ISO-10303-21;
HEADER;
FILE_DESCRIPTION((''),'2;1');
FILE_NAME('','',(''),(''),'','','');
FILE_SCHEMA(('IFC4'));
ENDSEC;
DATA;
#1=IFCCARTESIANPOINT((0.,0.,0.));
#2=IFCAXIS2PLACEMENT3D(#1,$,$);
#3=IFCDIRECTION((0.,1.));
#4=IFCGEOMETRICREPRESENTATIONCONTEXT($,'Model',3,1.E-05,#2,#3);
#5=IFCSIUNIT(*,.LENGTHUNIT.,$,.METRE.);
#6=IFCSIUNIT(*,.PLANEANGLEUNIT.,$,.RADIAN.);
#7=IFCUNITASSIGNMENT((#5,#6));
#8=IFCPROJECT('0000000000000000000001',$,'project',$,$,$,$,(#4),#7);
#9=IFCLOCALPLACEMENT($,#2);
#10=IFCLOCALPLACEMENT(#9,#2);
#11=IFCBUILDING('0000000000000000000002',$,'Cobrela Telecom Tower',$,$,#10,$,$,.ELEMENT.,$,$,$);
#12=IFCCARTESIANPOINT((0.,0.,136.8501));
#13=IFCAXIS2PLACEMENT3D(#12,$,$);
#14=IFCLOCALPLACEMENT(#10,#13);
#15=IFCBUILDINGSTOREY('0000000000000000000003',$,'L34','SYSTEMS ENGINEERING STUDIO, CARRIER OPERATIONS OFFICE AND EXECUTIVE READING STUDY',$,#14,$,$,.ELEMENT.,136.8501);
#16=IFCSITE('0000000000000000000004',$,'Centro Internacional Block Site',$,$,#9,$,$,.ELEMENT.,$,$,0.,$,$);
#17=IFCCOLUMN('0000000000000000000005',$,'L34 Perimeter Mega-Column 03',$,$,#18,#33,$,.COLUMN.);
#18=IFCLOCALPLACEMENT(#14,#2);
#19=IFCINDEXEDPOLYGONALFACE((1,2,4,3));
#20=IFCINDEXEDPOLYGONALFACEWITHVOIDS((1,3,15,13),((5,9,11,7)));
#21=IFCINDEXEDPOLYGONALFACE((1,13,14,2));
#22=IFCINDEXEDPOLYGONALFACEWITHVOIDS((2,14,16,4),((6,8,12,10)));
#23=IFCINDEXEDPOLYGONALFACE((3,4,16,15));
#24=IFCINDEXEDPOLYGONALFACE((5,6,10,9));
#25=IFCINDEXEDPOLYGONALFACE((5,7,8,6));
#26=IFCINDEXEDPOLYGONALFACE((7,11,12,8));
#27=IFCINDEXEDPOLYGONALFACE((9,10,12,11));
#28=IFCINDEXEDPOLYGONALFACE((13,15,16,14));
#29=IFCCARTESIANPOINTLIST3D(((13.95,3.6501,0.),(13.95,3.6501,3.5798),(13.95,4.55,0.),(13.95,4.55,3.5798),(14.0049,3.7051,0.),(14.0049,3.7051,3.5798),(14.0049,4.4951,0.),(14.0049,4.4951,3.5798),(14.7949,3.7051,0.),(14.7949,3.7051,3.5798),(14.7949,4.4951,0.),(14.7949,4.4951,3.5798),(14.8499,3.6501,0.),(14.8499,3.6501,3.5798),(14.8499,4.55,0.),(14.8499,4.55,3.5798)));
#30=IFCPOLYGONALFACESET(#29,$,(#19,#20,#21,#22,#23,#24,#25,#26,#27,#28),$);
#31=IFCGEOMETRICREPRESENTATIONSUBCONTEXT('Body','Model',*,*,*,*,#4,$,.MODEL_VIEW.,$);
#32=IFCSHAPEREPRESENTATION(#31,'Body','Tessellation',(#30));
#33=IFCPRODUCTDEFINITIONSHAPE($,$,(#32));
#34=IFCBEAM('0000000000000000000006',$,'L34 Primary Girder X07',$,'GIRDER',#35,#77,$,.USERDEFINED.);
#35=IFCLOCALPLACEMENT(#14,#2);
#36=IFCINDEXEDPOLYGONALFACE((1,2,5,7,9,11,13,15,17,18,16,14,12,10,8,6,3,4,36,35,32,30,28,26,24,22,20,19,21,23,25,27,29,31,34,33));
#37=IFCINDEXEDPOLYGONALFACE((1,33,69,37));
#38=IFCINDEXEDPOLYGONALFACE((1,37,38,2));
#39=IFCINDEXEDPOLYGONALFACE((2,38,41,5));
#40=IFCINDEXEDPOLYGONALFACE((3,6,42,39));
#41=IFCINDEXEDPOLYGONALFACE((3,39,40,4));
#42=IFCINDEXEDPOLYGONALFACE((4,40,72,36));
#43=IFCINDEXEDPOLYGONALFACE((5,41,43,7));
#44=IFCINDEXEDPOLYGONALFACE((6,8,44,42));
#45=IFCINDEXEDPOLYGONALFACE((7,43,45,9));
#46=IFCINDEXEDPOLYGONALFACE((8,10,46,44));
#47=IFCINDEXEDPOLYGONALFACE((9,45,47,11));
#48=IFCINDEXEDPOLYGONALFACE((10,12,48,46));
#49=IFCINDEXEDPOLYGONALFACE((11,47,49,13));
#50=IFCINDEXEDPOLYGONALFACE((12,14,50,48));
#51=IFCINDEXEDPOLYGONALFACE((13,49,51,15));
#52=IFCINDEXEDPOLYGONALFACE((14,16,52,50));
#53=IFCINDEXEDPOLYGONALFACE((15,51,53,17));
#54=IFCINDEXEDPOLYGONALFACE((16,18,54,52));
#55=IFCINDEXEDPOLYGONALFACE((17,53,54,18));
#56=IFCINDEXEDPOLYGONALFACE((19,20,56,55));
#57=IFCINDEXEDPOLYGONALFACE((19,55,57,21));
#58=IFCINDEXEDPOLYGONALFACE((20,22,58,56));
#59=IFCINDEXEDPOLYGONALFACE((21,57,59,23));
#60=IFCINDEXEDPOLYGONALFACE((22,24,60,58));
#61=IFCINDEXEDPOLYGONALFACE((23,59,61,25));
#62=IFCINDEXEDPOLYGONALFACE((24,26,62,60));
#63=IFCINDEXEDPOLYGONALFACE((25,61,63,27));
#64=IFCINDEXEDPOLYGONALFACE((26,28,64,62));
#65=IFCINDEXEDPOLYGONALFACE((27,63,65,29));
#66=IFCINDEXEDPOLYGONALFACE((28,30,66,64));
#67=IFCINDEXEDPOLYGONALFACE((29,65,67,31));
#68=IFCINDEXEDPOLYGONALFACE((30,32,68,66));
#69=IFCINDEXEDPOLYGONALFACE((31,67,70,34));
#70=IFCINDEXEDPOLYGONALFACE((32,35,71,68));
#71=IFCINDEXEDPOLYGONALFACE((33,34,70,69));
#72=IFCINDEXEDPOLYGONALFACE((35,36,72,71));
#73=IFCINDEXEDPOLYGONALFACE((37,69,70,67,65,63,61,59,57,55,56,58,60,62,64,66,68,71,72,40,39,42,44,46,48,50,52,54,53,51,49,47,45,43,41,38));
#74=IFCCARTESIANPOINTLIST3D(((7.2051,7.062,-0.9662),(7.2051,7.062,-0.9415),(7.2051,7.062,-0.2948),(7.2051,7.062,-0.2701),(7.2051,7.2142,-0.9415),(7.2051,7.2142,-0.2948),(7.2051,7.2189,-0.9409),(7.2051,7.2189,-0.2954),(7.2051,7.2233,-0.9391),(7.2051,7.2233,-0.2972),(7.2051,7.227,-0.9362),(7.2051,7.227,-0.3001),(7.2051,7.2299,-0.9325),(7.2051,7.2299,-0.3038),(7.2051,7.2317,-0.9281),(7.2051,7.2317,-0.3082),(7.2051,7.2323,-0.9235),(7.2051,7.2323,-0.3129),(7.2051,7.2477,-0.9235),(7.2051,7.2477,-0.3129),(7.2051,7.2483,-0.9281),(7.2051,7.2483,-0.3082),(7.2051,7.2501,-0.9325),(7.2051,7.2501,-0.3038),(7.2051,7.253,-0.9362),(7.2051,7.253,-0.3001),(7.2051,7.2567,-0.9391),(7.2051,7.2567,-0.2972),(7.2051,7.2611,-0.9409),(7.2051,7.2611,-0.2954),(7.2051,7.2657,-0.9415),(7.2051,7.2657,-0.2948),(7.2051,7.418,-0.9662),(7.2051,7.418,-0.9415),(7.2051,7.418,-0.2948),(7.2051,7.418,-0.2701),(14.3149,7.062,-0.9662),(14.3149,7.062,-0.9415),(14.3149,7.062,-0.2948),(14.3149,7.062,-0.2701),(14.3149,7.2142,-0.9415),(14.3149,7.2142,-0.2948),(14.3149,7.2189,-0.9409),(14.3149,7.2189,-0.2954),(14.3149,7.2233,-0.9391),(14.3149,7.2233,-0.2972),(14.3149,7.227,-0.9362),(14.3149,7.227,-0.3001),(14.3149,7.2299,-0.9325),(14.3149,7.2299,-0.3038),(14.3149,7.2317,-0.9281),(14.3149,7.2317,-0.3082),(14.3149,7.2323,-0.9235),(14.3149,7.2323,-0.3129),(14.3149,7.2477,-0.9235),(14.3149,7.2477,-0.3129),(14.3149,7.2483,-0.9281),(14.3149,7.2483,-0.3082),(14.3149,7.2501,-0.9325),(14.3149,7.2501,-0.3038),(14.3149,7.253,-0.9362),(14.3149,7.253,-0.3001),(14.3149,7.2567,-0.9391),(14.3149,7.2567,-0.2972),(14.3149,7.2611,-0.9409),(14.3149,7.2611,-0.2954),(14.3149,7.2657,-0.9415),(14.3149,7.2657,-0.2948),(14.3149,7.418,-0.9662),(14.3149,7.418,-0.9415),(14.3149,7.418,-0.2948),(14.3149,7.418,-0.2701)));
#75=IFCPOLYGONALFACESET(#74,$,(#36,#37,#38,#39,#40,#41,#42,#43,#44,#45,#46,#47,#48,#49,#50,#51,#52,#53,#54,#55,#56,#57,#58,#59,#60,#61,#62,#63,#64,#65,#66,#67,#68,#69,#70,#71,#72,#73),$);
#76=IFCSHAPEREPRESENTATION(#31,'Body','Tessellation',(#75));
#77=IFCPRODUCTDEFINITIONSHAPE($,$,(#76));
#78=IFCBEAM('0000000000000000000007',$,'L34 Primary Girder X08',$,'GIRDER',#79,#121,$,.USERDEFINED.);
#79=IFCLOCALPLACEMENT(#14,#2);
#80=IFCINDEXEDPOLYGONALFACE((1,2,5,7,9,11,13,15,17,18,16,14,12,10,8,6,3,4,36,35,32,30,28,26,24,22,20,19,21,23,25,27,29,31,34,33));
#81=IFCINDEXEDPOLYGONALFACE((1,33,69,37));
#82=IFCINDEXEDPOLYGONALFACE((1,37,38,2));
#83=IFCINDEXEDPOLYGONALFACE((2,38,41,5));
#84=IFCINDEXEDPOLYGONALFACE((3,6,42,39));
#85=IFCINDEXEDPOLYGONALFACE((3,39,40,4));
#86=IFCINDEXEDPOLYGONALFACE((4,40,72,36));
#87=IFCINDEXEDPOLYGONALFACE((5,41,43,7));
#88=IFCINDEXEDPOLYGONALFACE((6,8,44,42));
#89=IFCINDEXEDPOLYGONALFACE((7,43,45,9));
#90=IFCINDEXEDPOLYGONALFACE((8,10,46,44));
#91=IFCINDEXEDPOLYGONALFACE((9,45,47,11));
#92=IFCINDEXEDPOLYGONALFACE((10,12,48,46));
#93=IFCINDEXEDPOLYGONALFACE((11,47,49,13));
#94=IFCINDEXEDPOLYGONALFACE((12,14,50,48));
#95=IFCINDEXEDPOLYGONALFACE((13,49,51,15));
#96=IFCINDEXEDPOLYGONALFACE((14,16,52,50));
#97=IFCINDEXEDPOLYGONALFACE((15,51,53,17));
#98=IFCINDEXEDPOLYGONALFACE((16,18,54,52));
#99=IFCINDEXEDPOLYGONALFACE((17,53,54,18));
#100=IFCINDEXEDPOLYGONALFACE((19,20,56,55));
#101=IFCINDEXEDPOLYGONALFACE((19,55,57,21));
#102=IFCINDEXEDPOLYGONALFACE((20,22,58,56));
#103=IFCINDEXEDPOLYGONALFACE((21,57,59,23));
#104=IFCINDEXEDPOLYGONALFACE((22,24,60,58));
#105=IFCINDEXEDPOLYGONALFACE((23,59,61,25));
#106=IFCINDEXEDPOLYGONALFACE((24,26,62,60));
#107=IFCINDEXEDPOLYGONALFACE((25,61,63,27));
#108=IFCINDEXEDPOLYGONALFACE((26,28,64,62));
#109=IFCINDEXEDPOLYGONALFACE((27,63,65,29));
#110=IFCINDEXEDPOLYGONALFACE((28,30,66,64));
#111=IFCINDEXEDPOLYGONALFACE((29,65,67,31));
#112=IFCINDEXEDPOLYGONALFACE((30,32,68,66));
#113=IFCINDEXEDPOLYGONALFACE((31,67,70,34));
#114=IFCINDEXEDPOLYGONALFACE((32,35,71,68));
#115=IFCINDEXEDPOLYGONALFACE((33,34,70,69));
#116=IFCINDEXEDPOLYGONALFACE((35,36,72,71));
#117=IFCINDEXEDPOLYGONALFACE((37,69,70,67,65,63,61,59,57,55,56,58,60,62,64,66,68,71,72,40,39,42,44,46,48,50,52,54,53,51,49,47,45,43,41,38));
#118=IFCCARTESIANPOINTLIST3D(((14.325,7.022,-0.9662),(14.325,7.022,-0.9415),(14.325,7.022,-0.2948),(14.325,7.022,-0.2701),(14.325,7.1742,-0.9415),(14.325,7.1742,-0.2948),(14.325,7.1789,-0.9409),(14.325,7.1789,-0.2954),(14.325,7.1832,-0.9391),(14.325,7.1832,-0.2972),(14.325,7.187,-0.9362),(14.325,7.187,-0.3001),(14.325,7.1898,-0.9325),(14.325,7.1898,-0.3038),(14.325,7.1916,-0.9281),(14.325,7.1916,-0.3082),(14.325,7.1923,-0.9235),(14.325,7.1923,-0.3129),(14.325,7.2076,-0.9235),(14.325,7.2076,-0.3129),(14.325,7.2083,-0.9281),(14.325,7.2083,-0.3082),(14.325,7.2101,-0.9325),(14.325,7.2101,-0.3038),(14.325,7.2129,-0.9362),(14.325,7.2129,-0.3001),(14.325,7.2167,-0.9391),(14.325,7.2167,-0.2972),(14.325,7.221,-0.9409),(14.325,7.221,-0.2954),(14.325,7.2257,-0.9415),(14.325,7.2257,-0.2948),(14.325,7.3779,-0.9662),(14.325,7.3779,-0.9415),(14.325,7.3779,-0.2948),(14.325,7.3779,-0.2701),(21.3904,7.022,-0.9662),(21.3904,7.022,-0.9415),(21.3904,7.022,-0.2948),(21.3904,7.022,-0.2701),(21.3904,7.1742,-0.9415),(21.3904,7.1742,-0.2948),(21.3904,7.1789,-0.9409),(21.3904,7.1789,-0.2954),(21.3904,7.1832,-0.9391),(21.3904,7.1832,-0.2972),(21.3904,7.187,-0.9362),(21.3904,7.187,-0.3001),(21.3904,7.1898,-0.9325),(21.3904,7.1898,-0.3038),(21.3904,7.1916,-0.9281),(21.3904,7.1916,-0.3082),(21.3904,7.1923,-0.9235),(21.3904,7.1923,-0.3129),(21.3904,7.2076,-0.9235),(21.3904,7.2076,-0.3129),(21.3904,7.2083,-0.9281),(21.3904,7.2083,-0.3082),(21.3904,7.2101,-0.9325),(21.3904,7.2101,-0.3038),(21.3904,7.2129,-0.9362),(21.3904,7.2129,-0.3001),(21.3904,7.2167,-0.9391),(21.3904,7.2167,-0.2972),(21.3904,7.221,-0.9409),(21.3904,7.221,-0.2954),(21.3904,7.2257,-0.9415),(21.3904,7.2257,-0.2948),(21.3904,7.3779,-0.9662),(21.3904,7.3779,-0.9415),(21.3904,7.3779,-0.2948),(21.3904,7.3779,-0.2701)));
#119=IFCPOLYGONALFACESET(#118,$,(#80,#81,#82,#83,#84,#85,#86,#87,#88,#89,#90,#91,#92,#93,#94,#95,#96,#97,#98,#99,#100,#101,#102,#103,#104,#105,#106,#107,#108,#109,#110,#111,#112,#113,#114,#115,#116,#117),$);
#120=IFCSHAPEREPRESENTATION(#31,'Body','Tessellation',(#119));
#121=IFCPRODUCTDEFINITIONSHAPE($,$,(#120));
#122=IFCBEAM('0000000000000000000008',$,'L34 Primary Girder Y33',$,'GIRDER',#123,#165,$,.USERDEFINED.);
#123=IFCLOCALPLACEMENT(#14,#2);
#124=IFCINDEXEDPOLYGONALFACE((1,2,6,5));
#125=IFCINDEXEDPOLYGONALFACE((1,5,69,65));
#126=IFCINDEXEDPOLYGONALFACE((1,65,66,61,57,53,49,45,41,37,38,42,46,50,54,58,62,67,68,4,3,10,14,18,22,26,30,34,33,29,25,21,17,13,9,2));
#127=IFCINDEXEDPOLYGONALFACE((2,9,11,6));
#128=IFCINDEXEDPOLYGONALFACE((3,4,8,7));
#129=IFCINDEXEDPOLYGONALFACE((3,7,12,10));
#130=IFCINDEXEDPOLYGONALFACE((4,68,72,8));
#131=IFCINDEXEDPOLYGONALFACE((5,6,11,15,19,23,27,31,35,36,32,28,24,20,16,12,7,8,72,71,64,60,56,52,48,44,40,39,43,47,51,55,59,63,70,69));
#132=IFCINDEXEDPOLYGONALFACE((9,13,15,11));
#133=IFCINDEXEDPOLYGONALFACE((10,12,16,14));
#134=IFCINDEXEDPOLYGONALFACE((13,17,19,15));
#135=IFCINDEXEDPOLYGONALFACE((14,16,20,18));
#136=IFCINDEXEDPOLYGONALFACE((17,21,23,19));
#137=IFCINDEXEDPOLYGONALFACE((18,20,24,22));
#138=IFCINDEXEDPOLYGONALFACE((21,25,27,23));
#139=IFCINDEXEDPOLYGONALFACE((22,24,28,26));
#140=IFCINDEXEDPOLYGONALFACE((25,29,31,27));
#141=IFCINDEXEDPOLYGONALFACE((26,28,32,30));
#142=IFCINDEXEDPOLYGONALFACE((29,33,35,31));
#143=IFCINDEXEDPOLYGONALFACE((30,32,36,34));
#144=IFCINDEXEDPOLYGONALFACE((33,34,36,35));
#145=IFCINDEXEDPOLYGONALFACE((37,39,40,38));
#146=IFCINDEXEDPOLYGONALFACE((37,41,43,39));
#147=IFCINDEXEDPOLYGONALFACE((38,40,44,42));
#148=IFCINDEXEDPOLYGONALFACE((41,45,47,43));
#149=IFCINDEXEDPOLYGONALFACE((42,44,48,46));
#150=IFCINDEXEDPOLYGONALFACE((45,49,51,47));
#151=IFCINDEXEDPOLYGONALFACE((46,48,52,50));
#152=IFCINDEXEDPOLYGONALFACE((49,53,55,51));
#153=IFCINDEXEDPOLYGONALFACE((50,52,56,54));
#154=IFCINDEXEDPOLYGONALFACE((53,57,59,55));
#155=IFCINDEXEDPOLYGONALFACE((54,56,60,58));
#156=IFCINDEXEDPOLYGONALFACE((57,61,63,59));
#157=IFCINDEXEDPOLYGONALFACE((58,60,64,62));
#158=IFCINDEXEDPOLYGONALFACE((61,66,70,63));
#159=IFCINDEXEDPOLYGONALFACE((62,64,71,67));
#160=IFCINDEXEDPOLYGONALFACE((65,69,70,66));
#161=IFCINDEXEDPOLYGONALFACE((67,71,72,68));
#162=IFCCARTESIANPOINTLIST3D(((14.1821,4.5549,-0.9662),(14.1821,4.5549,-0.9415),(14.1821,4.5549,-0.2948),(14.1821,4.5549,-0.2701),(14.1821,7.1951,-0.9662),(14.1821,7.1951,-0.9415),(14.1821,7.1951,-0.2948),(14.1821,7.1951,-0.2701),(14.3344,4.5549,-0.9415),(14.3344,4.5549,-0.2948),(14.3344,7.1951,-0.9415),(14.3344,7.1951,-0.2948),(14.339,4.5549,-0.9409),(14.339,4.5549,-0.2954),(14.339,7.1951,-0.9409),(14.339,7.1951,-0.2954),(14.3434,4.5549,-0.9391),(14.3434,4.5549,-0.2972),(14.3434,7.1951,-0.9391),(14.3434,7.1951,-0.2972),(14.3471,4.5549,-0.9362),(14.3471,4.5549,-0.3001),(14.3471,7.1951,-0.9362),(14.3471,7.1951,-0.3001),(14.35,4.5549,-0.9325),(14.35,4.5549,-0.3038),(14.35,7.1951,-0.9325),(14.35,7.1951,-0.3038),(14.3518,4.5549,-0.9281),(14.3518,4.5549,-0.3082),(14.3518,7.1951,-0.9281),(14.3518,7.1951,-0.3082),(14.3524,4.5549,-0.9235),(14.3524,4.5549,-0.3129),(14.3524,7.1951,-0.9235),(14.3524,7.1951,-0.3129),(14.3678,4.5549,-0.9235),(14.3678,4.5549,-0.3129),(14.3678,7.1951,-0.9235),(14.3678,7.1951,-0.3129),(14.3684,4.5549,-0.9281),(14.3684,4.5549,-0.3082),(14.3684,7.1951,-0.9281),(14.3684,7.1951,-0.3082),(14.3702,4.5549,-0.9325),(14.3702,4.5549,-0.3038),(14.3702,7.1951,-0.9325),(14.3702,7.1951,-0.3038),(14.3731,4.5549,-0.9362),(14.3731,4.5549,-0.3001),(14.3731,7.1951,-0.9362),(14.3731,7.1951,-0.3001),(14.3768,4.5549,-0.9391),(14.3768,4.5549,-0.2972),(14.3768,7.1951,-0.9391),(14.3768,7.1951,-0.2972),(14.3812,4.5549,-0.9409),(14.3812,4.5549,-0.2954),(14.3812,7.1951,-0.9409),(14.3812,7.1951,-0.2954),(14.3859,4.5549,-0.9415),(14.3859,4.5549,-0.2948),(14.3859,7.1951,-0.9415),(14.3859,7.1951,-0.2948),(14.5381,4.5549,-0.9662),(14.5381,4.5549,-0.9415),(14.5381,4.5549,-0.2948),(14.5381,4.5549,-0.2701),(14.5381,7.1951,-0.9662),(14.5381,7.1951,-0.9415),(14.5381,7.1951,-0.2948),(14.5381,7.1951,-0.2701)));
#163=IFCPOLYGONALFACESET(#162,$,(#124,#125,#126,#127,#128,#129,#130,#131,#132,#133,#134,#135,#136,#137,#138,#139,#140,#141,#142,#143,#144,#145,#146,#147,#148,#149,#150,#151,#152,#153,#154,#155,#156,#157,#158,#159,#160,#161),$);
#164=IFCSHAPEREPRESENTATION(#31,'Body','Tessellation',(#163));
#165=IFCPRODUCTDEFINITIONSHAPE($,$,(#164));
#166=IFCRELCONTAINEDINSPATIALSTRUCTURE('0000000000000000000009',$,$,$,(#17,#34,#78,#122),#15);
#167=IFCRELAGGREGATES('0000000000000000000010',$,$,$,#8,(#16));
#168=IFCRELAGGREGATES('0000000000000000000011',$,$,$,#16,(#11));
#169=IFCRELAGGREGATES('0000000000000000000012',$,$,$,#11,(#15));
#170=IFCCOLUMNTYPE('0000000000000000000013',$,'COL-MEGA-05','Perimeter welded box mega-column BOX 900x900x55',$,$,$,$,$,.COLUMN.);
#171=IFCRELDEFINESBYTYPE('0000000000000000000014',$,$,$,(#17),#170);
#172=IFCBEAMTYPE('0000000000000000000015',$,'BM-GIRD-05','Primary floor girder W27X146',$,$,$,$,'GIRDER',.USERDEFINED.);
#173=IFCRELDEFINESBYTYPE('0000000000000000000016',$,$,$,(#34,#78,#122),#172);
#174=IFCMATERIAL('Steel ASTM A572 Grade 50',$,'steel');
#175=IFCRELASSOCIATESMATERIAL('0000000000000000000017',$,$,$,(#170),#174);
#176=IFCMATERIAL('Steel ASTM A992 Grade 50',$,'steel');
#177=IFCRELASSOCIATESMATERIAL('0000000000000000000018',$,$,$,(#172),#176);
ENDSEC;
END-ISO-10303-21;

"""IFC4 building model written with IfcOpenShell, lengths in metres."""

from ifc_helpers import new_model, si_unit, direction, frame, origin, origin_2d, place, context, subcontext, project, spatial, hollow_rectangle, i_section, extrude, material, material_profile, profile_set, type_object, element, save


model = new_model("IFC4")

# Units and contexts
model_context = context("Model", 3, precision=1e-05, world=origin(), true_north=direction((0.0, 1.0)))
body_context = subcontext(model_context, "Body", "Model", "MODEL_VIEW")
ifc_project = project(units=[si_unit("LENGTHUNIT", "METRE"), si_unit("PLANEANGLEUNIT", "RADIAN")], contexts=[model_context])

# Site, building, storey
site_placement = place(None, origin())
site = spatial("IfcSite", under=ifc_project, at=site_placement, Name="Centro Internacional Block Site", CompositionType="ELEMENT", RefElevation=0.0)
building_placement = place(site_placement, origin())
building = spatial("IfcBuilding", under=site, at=building_placement, Name="Cobrela Telecom Tower", CompositionType="ELEMENT")
storey_placement = place(building_placement, frame((0.0, 0.0, 136.8501)))
storey = spatial("IfcBuildingStorey", under=building, at=storey_placement, Name="L34", Description="SYSTEMS ENGINEERING STUDIO, CARRIER OPERATIONS OFFICE AND EXECUTIVE READING STUDY", CompositionType="ELEMENT", Elevation=136.8501)

# Column
ifc_material_1 = material(Name="Steel ASTM A572 Grade 50", Category="steel")
ifc_material_profile_1 = material_profile(ifc_material_1, hollow_rectangle(XDim=0.8999, YDim=0.8999, WallThickness=0.0549, at=origin_2d()), Name="BOX 900x900x55")
ifc_profile_set_1 = profile_set([ifc_material_profile_1], Name="Steel ASTM A572 Grade 50")
column_type = type_object("IfcColumnType", Name="COL-MEGA-05", Description="Perimeter welded box mega-column BOX 900x900x55", PredefinedType="COLUMN", material=ifc_profile_set_1)
column_placement = place(storey_placement, frame((14.3999, 4.1001, 0.0), z_axis=(0.0, 0.0, 1.0), x_axis=(1.0, 0.0, 0.0)))
element("IfcColumn", 1, at=column_placement, inside=storey, type_object=column_type, Name="L34 Perimeter Mega-Column 03", PredefinedType="COLUMN", context=body_context, shape_type="SweptSolid", body=[
    extrude(hollow_rectangle(XDim=0.8999, YDim=0.8999, WallThickness=0.0549, at=origin_2d()), origin(), (0.0, 0.0, 1.0), 3.5798),
])

# Beams
ifc_material_2 = material(Name="Steel ASTM A992 Grade 50", Category="steel")
ifc_material_profile_2 = material_profile(ifc_material_2, i_section(OverallWidth=0.356, OverallDepth=0.696, WebThickness=0.0154, FlangeThickness=0.0247, FilletRadius=0.0181, at=origin_2d()), Name="W27X146")
ifc_profile_set_2 = profile_set([ifc_material_profile_2], Name="Steel ASTM A992 Grade 50")
beam_type_1 = type_object("IfcBeamType", Name="BM-GIRD-05", Description="Primary floor girder W27X146", ElementType="GIRDER", PredefinedType="USERDEFINED", material=ifc_profile_set_2)
beam_1_placement = place(storey_placement, frame((7.2051, 7.24, -0.6182), z_axis=(1.0, 0.0, 0.0), x_axis=(0.0, 1.0, 0.0)))
element("IfcBeam", 2, at=beam_1_placement, inside=storey, type_object=beam_type_1, Name="L34 Primary Girder X07", ObjectType="GIRDER", PredefinedType="USERDEFINED", context=body_context, shape_type="SweptSolid", body=[
    extrude(i_section(OverallWidth=0.356, OverallDepth=0.696, WebThickness=0.0154, FlangeThickness=0.0247, FilletRadius=0.0181, at=origin_2d()), origin(), (0.0, 0.0, 1.0), 7.1099),
])
beam_2_placement = place(storey_placement, frame((14.325, 7.2, -0.6182), z_axis=(1.0, 0.0, 0.0), x_axis=(0.0, 1.0, 0.0)))
element("IfcBeam", 3, at=beam_2_placement, inside=storey, type_object=beam_type_1, Name="L34 Primary Girder X08", ObjectType="GIRDER", PredefinedType="USERDEFINED", context=body_context, shape_type="SweptSolid", body=[
    extrude(i_section(OverallWidth=0.356, OverallDepth=0.696, WebThickness=0.0154, FlangeThickness=0.0247, FilletRadius=0.0181, at=origin_2d()), origin(), (0.0, 0.0, 1.0), 7.0654),
])
beam_3_placement = place(storey_placement, frame((14.3601, 4.5549, -0.6182), z_axis=(0.0, 1.0, 0.0), x_axis=(-1.0, 0.0, 0.0)))
element("IfcBeam", 4, at=beam_3_placement, inside=storey, type_object=beam_type_1, Name="L34 Primary Girder Y33", ObjectType="GIRDER", PredefinedType="USERDEFINED", context=body_context, shape_type="SweptSolid", body=[
    extrude(i_section(OverallWidth=0.356, OverallDepth=0.696, WebThickness=0.0154, FlangeThickness=0.0247, FilletRadius=0.0181, at=origin_2d()), origin(), (0.0, 0.0, 1.0), 2.6401),
])

save(model, "model.ifc")
